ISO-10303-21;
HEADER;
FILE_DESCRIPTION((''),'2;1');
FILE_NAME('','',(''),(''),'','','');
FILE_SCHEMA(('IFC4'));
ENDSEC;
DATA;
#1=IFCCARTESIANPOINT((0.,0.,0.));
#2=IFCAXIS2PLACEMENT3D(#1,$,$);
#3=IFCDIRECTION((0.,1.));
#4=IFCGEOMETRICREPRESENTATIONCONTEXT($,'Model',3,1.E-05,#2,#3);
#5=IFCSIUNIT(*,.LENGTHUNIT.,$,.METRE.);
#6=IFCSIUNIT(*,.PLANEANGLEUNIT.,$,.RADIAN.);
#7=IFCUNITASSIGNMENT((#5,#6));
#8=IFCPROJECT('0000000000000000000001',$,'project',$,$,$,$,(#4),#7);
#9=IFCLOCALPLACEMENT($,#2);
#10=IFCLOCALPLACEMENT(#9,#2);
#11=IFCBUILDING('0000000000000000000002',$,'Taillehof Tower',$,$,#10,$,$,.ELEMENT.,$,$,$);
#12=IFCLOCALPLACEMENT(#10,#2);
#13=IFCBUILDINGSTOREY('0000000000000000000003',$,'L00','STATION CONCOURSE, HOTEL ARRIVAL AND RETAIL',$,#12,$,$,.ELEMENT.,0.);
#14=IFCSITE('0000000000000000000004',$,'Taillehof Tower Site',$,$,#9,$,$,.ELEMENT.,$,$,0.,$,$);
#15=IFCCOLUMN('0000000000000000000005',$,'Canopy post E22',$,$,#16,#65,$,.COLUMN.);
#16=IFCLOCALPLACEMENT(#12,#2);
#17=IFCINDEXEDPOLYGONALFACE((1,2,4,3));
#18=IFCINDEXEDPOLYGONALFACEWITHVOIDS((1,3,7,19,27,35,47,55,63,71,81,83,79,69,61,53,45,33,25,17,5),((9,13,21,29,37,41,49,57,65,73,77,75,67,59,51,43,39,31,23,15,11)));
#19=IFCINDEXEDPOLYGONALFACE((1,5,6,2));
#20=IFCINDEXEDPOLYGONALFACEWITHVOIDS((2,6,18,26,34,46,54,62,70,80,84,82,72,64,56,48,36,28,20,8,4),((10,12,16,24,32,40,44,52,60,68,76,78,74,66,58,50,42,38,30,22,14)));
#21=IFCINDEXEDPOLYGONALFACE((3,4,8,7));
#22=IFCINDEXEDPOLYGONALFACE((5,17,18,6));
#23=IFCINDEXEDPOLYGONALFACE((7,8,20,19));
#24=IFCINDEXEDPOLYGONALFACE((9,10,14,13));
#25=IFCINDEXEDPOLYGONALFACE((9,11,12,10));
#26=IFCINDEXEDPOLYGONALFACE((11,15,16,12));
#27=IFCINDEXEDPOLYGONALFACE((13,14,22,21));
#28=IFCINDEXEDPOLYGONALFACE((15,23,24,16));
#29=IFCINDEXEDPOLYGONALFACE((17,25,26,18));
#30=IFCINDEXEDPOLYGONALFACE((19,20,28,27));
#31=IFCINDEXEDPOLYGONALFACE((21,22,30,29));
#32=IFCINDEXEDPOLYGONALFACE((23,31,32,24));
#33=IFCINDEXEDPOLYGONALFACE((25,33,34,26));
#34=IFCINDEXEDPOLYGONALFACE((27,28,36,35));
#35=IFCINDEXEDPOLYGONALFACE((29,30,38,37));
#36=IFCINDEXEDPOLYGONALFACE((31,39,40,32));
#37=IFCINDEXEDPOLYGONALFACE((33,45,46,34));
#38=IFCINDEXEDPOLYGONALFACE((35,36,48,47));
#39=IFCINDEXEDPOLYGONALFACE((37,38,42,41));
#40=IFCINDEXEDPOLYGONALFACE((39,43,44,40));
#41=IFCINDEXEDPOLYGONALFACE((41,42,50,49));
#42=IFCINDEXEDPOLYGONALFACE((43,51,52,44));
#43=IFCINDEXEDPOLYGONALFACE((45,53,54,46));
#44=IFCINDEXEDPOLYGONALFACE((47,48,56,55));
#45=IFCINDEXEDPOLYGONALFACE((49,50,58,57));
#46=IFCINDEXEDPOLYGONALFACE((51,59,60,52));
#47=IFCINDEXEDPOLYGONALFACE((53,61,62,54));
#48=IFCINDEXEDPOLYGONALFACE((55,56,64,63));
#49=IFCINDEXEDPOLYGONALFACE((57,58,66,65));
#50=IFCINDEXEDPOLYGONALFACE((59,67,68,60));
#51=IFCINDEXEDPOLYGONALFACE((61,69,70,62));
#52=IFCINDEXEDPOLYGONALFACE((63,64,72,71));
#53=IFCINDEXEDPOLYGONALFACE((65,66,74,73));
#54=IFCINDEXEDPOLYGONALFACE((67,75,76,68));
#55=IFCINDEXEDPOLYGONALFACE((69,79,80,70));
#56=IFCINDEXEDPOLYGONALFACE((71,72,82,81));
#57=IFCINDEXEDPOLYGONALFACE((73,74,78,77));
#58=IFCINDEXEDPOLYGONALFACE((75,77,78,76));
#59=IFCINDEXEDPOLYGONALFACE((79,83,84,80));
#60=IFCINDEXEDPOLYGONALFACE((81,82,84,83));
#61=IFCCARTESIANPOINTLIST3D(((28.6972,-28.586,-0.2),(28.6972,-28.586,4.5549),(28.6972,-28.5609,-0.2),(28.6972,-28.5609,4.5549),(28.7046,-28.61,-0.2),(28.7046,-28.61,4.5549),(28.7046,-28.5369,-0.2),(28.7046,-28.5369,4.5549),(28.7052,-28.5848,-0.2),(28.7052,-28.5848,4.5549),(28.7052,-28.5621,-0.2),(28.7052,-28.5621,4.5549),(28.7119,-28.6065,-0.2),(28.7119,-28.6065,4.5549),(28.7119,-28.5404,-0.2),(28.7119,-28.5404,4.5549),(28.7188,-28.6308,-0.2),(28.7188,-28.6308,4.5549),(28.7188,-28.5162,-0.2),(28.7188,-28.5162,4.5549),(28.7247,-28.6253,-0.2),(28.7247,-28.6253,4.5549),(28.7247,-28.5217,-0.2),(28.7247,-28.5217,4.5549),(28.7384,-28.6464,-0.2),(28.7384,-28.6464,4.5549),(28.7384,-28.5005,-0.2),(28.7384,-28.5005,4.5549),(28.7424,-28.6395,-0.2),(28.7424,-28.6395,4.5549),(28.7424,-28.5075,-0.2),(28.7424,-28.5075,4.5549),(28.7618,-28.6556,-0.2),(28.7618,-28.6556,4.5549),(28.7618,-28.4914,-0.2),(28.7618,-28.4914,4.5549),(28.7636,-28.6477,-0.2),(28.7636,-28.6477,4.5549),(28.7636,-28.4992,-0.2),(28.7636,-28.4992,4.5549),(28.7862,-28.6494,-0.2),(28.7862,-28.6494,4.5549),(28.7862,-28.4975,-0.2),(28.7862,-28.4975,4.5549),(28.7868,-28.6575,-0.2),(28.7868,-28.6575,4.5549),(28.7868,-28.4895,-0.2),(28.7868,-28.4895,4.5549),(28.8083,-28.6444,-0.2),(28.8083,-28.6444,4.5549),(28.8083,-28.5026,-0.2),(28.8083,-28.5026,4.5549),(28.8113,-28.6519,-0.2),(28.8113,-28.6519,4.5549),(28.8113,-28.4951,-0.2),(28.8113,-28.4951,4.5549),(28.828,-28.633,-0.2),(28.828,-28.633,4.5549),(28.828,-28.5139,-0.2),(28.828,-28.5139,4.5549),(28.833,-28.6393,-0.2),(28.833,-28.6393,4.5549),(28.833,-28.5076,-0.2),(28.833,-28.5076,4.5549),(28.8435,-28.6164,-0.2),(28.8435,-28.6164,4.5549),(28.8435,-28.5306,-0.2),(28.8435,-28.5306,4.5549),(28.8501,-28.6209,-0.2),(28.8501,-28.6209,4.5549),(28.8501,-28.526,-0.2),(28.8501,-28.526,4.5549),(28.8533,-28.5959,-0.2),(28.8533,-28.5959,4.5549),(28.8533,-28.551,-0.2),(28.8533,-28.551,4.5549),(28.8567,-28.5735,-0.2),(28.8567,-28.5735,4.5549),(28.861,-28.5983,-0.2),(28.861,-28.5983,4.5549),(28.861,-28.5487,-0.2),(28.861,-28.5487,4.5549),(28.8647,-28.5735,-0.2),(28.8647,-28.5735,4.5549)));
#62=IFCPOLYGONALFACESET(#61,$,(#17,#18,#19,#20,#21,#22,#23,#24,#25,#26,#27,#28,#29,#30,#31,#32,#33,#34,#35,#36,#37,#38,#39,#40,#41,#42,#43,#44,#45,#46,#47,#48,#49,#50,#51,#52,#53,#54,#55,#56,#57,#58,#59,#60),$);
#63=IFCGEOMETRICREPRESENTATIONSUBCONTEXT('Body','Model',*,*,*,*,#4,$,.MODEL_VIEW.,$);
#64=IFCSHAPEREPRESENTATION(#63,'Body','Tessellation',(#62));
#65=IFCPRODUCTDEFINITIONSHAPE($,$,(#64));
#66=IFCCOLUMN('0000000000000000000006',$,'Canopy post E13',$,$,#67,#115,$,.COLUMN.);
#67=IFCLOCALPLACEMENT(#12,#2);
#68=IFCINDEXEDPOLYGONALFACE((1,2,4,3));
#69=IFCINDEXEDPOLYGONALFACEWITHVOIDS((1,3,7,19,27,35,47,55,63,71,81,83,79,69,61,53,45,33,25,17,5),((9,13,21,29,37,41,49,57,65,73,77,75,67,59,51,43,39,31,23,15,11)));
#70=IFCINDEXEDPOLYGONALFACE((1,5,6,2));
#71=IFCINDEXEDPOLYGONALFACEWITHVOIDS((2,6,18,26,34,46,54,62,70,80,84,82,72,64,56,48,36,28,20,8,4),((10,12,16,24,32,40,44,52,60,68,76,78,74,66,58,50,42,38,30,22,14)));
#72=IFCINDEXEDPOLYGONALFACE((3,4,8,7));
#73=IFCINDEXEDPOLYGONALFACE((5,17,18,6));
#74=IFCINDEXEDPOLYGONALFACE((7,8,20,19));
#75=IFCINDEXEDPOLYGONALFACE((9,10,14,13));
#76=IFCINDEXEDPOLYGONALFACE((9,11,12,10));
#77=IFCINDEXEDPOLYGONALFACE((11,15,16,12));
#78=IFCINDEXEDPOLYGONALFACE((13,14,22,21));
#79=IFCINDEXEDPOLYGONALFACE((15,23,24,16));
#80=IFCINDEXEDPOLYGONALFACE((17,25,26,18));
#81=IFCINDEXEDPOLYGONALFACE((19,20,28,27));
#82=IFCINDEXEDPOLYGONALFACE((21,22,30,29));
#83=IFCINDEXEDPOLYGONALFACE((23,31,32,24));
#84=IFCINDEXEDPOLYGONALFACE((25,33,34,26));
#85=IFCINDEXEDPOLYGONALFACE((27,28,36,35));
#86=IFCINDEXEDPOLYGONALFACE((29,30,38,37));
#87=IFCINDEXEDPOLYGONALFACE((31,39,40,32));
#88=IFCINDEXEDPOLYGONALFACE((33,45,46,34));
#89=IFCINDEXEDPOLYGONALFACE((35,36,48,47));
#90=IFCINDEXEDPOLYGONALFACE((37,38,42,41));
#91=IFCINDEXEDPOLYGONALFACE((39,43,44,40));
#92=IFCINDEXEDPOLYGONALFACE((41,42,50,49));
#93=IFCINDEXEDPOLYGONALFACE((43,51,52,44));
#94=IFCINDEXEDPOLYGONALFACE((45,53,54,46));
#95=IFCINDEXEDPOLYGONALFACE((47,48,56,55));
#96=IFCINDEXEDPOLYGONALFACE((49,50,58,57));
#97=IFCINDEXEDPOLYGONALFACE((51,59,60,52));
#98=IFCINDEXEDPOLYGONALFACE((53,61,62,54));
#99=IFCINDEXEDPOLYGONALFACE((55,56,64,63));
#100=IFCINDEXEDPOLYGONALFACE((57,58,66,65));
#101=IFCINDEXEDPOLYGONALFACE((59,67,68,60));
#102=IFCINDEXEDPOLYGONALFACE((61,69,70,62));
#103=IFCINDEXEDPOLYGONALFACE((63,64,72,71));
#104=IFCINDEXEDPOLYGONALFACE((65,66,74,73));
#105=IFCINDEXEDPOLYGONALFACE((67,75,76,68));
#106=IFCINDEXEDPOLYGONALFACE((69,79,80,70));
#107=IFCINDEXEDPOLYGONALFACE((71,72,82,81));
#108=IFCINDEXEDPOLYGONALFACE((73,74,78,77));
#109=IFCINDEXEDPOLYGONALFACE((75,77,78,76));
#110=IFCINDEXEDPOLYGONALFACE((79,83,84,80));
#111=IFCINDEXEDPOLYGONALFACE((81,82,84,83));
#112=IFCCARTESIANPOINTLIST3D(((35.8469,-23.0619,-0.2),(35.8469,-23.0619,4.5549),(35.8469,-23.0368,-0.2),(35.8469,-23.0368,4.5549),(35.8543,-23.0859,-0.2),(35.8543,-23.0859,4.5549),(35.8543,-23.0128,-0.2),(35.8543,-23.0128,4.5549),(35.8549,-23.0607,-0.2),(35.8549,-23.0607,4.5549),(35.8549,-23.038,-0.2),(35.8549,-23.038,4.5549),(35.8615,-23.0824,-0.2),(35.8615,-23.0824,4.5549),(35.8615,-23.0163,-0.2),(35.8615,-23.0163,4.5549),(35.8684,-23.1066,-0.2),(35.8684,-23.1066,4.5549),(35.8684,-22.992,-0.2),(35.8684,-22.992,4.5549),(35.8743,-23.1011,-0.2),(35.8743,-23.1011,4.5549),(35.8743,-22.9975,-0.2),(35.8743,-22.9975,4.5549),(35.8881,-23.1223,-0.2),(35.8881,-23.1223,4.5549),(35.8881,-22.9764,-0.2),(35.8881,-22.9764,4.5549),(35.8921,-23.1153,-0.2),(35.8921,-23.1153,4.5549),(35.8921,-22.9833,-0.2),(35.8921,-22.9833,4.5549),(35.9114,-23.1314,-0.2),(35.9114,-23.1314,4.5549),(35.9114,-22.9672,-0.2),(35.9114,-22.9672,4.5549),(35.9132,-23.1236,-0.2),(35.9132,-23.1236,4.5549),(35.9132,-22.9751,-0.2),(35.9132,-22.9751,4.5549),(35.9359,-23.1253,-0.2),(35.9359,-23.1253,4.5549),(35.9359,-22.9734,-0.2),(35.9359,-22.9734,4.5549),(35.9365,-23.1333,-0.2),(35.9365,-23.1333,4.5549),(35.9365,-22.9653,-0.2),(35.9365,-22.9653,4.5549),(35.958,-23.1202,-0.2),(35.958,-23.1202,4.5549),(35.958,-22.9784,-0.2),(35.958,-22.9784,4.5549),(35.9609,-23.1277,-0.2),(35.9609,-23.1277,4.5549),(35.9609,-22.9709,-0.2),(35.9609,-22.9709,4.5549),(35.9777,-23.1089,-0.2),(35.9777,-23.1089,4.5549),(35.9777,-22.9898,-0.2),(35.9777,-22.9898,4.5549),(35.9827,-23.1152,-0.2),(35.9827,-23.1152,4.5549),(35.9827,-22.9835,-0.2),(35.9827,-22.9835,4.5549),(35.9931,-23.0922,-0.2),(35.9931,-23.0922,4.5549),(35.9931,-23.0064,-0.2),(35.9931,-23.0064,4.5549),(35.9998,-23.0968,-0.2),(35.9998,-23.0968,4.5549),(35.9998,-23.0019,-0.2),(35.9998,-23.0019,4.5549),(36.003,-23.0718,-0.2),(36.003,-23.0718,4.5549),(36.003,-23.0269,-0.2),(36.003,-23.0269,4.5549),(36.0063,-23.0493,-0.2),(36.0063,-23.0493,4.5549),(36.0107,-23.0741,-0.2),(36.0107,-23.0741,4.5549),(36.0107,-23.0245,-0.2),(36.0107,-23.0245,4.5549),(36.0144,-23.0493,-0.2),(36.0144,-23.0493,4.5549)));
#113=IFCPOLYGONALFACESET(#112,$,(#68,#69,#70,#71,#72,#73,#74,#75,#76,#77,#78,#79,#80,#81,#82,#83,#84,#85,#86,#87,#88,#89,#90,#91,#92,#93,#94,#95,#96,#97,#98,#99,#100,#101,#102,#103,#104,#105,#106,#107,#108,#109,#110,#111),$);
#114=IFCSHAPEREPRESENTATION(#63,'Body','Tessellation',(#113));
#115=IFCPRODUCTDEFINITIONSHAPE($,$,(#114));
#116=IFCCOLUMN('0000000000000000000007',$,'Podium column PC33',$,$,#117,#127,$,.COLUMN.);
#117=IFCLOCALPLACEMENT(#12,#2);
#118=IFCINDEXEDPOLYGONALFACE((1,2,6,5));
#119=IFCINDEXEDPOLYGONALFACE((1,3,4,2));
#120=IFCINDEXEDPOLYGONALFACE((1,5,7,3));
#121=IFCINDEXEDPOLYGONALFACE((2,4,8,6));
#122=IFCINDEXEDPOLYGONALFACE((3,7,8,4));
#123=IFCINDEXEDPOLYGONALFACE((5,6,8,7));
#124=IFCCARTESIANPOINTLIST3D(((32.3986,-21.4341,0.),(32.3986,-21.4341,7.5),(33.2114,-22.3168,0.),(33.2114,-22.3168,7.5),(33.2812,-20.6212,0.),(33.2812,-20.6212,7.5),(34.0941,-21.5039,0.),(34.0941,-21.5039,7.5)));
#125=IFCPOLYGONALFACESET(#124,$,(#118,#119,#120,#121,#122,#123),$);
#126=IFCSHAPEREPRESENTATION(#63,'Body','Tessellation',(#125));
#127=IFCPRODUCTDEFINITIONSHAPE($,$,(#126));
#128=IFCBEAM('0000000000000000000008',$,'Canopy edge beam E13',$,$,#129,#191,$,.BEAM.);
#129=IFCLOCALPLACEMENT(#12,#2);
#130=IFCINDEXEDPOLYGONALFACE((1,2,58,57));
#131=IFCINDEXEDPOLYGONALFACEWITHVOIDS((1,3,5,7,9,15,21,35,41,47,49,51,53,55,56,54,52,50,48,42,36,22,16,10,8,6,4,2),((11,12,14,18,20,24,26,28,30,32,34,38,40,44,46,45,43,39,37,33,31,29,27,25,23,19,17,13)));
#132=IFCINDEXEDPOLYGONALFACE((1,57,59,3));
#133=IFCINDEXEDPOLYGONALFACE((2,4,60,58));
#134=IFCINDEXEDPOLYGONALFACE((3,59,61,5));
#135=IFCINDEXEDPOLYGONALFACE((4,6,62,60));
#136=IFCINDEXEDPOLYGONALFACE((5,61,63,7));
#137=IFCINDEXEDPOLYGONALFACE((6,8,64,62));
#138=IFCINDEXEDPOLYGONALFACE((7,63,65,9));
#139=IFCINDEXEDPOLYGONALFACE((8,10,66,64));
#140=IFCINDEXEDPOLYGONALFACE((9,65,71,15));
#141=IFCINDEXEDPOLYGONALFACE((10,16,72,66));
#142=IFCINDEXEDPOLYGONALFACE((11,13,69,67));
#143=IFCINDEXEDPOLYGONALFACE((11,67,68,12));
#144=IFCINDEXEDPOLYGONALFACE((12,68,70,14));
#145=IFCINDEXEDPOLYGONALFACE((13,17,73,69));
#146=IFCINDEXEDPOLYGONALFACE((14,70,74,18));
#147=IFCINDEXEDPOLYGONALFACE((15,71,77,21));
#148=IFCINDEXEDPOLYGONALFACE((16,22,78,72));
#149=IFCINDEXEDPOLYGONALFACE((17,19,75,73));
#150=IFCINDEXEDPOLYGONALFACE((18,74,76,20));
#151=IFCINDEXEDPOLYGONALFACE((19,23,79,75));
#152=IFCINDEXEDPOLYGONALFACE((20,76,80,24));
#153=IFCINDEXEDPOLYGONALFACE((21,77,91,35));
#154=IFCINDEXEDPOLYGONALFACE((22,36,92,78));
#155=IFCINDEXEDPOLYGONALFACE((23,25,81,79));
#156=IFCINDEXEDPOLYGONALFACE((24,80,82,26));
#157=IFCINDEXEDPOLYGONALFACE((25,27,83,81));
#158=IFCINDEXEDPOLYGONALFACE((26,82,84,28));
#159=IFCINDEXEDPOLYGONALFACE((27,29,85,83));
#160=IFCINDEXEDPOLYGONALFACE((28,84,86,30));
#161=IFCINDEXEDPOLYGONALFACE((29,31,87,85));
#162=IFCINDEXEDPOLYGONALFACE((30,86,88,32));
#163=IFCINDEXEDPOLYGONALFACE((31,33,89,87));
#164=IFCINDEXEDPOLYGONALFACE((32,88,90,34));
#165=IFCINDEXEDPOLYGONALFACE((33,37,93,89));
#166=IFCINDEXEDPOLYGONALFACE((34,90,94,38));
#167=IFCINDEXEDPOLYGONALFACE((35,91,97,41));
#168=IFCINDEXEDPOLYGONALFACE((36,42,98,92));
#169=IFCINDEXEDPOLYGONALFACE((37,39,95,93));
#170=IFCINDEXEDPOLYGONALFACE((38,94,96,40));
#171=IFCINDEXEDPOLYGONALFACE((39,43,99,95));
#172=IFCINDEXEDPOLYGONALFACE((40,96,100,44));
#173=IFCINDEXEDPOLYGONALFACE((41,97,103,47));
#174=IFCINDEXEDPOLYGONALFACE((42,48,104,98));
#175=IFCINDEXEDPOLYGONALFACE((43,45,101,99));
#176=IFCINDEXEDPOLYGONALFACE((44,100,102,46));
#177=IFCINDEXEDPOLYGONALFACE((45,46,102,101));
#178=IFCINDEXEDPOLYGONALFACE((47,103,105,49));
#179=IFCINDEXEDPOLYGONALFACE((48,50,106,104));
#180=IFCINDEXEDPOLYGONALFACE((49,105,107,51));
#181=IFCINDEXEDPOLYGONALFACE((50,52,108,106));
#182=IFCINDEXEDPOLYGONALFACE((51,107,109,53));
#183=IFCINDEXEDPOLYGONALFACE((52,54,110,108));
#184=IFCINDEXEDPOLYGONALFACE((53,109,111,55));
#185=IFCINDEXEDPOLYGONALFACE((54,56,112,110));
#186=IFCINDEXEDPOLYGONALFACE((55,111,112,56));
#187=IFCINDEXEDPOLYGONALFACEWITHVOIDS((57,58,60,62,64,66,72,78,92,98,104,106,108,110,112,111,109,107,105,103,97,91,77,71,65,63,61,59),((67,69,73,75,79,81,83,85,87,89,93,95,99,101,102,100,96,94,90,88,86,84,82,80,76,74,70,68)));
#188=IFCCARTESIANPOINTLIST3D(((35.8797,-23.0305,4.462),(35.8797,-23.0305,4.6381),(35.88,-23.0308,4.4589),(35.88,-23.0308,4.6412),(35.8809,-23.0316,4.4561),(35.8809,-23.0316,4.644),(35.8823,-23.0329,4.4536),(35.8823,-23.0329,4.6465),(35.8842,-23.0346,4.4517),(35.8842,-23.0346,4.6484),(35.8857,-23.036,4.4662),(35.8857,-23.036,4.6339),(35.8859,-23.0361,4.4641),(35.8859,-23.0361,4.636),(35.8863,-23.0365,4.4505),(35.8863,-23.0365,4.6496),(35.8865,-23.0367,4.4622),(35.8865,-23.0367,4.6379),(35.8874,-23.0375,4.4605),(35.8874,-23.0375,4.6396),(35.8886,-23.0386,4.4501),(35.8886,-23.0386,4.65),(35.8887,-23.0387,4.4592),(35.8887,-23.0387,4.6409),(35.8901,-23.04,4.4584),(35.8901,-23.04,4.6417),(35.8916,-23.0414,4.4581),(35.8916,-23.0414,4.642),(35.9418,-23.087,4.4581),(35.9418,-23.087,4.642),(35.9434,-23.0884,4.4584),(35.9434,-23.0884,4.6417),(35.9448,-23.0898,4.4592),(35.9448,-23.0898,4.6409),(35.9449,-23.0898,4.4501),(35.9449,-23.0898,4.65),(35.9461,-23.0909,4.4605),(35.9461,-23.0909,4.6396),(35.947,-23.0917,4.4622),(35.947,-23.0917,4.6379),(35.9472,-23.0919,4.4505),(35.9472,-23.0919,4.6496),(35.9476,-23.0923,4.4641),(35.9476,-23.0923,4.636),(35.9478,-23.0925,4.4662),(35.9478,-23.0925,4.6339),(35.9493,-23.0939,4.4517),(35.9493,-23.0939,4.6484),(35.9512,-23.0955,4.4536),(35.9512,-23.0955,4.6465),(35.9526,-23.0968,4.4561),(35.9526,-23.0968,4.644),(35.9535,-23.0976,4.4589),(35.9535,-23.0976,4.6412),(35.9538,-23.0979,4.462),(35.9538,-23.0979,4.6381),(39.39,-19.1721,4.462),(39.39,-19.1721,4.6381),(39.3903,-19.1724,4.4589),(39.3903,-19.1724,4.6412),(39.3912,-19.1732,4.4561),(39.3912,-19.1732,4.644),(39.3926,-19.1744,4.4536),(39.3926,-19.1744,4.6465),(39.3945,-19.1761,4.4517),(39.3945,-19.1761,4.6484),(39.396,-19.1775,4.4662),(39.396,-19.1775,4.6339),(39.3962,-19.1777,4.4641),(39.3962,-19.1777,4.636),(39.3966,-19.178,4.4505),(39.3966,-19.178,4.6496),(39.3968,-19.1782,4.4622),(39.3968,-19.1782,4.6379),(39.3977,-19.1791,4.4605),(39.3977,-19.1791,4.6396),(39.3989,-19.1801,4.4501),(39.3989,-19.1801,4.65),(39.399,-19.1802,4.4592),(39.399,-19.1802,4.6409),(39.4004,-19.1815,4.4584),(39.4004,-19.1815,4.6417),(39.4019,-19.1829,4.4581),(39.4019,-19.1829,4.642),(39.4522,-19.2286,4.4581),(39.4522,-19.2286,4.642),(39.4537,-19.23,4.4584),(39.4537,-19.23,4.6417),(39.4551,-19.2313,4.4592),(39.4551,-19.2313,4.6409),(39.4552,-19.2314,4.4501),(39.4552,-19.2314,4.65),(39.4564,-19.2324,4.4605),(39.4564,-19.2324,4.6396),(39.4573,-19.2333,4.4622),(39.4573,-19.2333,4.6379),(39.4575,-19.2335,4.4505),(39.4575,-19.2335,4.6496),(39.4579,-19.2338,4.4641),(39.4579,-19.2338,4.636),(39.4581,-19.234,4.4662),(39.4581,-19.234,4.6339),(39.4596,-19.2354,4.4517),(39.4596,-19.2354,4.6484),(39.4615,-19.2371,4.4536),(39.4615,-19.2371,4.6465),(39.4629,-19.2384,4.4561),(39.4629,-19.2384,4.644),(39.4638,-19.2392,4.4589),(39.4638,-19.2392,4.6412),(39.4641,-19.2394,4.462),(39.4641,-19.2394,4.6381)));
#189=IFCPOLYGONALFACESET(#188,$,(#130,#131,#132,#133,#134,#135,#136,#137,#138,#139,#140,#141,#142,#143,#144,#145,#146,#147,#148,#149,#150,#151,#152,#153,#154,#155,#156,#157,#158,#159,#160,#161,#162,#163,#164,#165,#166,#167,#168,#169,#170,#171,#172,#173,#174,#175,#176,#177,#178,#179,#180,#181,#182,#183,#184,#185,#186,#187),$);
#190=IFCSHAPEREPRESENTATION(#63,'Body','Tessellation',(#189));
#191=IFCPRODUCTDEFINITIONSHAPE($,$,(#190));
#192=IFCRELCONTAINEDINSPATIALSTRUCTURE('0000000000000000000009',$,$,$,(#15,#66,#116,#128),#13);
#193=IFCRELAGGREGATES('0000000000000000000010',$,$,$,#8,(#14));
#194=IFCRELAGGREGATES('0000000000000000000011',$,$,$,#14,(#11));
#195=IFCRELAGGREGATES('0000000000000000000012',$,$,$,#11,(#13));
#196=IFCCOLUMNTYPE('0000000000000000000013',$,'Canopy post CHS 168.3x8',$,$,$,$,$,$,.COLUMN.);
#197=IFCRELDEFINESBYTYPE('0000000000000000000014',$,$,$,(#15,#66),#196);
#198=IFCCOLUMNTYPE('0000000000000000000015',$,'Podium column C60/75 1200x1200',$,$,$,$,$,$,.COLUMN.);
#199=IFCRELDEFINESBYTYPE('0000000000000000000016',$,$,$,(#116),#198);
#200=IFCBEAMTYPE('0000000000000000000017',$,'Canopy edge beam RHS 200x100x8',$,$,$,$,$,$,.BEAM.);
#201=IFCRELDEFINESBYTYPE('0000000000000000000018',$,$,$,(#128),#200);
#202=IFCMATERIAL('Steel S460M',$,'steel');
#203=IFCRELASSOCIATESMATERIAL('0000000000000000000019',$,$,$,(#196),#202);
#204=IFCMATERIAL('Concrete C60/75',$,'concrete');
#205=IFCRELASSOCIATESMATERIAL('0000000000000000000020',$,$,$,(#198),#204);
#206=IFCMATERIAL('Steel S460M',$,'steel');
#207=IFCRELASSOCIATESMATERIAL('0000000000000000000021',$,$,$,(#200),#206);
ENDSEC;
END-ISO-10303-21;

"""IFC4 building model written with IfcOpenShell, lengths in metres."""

from ifc_helpers import new_model, si_unit, direction, frame, origin, origin_2d, place, context, subcontext, project, spatial, rectangle, hollow_rectangle, hollow_circle, extrude, material, material_profile, profile_set, type_object, element, save


model = new_model("IFC4")

# Units and contexts
model_context = context("Model", 3, precision=1e-05, world=origin(), true_north=direction((0.0, 1.0)))
body_context = subcontext(model_context, "Body", "Model", "MODEL_VIEW")
ifc_project = project(units=[si_unit("LENGTHUNIT", "METRE"), si_unit("PLANEANGLEUNIT", "RADIAN")], contexts=[model_context])

# Site, building, storey
site_placement = place(None, origin())
site = spatial("IfcSite", under=ifc_project, at=site_placement, Name="Taillehof Tower Site", CompositionType="ELEMENT", RefElevation=0.0)
building_placement = place(site_placement, origin())
building = spatial("IfcBuilding", under=site, at=building_placement, Name="Taillehof Tower", CompositionType="ELEMENT")
storey_placement = place(building_placement, origin())
storey = spatial("IfcBuildingStorey", under=building, at=storey_placement, Name="L00", Description="STATION CONCOURSE, HOTEL ARRIVAL AND RETAIL", CompositionType="ELEMENT", Elevation=0.0)

# Columns
ifc_material_1 = material(Name="Steel S460M", Category="steel")
ifc_material_profile_1 = material_profile(ifc_material_1, hollow_circle(Radius=0.0842, WallThickness=0.0081, at=origin_2d()), Name="CHS 168.3x8")
ifc_profile_set_1 = profile_set([ifc_material_profile_1], Name="Steel S460M")
column_type_1 = type_object("IfcColumnType", Name="Canopy post CHS 168.3x8", PredefinedType="COLUMN", material=ifc_profile_set_1)
for number, where, z_axis, x_axis, name in (
    (1, (28.7805, -28.5735, -0.2), (0.0, 0.0, 1.0), (1.0, 0.0, 0.0), "Canopy post E22"),
    (2, (35.9302, -23.0493, -0.2), (0.0, 0.0, 1.0), (1.0, 0.0, 0.0), "Canopy post E13"),
):
    element("IfcColumn", number, at=place(storey_placement, frame(where, z_axis=z_axis, x_axis=x_axis)), inside=storey, type_object=column_type_1, Name=name, PredefinedType="COLUMN", context=body_context, shape_type="SweptSolid", body=[
        extrude(hollow_circle(Radius=0.0842, WallThickness=0.0081, at=origin_2d()), origin(), (0.0, 0.0, 1.0), 4.7549),
    ])
ifc_material_2 = material(Name="Concrete C60/75", Category="concrete")
ifc_material_profile_2 = material_profile(ifc_material_2, rectangle(XDim=1.2, YDim=1.2, at=origin_2d()), Name="RC 1200x1200")
ifc_profile_set_2 = profile_set([ifc_material_profile_2], Name="Concrete C60/75")
column_type_2 = type_object("IfcColumnType", Name="Podium column C60/75 1200x1200", PredefinedType="COLUMN", material=ifc_profile_set_2)
column_placement = place(storey_placement, frame((33.2463, -21.469, 0.0), z_axis=(0.0, 0.0, 1.0), x_axis=(0.677415, -0.735601, 0.0)))
element("IfcColumn", 3, at=column_placement, inside=storey, type_object=column_type_2, Name="Podium column PC33", PredefinedType="COLUMN", context=body_context, shape_type="SweptSolid", body=[
    extrude(rectangle(XDim=1.2, YDim=1.2, at=origin_2d()), origin(), (0.0, 0.0, 1.0), 7.5),
])

# Beam
ifc_material_3 = material(Name="Steel S460M", Category="steel")
ifc_material_profile_3 = material_profile(ifc_material_3, hollow_rectangle(XDim=0.1001, YDim=0.2, WallThickness=0.0081, InnerFilletRadius=0.0081, OuterFilletRadius=0.012, at=origin_2d()), Name="RHS 200x100x8")
ifc_profile_set_3 = profile_set([ifc_material_profile_3], Name="Steel S460M")
beam_type_1 = type_object("IfcBeamType", Name="Canopy edge beam RHS 200x100x8", PredefinedType="BEAM", material=ifc_profile_set_3)
beam_1_placement = place(storey_placement, frame((35.9167, -23.0642, 4.55), z_axis=(0.672948, 0.73969, 0.0), x_axis=(-0.73969, 0.672948, 0.0)))
element("IfcBeam", 4, at=beam_1_placement, inside=storey, type_object=beam_type_1, Name="Canopy edge beam E13", PredefinedType="BEAM", context=body_context, shape_type="SweptSolid", body=[
    extrude(hollow_rectangle(XDim=0.1001, YDim=0.2, WallThickness=0.0081, InnerFilletRadius=0.0081, OuterFilletRadius=0.012, at=origin_2d()), origin(), (0.0, 0.0, 1.0), 5.2163),
])

save(model, "model.ifc")
